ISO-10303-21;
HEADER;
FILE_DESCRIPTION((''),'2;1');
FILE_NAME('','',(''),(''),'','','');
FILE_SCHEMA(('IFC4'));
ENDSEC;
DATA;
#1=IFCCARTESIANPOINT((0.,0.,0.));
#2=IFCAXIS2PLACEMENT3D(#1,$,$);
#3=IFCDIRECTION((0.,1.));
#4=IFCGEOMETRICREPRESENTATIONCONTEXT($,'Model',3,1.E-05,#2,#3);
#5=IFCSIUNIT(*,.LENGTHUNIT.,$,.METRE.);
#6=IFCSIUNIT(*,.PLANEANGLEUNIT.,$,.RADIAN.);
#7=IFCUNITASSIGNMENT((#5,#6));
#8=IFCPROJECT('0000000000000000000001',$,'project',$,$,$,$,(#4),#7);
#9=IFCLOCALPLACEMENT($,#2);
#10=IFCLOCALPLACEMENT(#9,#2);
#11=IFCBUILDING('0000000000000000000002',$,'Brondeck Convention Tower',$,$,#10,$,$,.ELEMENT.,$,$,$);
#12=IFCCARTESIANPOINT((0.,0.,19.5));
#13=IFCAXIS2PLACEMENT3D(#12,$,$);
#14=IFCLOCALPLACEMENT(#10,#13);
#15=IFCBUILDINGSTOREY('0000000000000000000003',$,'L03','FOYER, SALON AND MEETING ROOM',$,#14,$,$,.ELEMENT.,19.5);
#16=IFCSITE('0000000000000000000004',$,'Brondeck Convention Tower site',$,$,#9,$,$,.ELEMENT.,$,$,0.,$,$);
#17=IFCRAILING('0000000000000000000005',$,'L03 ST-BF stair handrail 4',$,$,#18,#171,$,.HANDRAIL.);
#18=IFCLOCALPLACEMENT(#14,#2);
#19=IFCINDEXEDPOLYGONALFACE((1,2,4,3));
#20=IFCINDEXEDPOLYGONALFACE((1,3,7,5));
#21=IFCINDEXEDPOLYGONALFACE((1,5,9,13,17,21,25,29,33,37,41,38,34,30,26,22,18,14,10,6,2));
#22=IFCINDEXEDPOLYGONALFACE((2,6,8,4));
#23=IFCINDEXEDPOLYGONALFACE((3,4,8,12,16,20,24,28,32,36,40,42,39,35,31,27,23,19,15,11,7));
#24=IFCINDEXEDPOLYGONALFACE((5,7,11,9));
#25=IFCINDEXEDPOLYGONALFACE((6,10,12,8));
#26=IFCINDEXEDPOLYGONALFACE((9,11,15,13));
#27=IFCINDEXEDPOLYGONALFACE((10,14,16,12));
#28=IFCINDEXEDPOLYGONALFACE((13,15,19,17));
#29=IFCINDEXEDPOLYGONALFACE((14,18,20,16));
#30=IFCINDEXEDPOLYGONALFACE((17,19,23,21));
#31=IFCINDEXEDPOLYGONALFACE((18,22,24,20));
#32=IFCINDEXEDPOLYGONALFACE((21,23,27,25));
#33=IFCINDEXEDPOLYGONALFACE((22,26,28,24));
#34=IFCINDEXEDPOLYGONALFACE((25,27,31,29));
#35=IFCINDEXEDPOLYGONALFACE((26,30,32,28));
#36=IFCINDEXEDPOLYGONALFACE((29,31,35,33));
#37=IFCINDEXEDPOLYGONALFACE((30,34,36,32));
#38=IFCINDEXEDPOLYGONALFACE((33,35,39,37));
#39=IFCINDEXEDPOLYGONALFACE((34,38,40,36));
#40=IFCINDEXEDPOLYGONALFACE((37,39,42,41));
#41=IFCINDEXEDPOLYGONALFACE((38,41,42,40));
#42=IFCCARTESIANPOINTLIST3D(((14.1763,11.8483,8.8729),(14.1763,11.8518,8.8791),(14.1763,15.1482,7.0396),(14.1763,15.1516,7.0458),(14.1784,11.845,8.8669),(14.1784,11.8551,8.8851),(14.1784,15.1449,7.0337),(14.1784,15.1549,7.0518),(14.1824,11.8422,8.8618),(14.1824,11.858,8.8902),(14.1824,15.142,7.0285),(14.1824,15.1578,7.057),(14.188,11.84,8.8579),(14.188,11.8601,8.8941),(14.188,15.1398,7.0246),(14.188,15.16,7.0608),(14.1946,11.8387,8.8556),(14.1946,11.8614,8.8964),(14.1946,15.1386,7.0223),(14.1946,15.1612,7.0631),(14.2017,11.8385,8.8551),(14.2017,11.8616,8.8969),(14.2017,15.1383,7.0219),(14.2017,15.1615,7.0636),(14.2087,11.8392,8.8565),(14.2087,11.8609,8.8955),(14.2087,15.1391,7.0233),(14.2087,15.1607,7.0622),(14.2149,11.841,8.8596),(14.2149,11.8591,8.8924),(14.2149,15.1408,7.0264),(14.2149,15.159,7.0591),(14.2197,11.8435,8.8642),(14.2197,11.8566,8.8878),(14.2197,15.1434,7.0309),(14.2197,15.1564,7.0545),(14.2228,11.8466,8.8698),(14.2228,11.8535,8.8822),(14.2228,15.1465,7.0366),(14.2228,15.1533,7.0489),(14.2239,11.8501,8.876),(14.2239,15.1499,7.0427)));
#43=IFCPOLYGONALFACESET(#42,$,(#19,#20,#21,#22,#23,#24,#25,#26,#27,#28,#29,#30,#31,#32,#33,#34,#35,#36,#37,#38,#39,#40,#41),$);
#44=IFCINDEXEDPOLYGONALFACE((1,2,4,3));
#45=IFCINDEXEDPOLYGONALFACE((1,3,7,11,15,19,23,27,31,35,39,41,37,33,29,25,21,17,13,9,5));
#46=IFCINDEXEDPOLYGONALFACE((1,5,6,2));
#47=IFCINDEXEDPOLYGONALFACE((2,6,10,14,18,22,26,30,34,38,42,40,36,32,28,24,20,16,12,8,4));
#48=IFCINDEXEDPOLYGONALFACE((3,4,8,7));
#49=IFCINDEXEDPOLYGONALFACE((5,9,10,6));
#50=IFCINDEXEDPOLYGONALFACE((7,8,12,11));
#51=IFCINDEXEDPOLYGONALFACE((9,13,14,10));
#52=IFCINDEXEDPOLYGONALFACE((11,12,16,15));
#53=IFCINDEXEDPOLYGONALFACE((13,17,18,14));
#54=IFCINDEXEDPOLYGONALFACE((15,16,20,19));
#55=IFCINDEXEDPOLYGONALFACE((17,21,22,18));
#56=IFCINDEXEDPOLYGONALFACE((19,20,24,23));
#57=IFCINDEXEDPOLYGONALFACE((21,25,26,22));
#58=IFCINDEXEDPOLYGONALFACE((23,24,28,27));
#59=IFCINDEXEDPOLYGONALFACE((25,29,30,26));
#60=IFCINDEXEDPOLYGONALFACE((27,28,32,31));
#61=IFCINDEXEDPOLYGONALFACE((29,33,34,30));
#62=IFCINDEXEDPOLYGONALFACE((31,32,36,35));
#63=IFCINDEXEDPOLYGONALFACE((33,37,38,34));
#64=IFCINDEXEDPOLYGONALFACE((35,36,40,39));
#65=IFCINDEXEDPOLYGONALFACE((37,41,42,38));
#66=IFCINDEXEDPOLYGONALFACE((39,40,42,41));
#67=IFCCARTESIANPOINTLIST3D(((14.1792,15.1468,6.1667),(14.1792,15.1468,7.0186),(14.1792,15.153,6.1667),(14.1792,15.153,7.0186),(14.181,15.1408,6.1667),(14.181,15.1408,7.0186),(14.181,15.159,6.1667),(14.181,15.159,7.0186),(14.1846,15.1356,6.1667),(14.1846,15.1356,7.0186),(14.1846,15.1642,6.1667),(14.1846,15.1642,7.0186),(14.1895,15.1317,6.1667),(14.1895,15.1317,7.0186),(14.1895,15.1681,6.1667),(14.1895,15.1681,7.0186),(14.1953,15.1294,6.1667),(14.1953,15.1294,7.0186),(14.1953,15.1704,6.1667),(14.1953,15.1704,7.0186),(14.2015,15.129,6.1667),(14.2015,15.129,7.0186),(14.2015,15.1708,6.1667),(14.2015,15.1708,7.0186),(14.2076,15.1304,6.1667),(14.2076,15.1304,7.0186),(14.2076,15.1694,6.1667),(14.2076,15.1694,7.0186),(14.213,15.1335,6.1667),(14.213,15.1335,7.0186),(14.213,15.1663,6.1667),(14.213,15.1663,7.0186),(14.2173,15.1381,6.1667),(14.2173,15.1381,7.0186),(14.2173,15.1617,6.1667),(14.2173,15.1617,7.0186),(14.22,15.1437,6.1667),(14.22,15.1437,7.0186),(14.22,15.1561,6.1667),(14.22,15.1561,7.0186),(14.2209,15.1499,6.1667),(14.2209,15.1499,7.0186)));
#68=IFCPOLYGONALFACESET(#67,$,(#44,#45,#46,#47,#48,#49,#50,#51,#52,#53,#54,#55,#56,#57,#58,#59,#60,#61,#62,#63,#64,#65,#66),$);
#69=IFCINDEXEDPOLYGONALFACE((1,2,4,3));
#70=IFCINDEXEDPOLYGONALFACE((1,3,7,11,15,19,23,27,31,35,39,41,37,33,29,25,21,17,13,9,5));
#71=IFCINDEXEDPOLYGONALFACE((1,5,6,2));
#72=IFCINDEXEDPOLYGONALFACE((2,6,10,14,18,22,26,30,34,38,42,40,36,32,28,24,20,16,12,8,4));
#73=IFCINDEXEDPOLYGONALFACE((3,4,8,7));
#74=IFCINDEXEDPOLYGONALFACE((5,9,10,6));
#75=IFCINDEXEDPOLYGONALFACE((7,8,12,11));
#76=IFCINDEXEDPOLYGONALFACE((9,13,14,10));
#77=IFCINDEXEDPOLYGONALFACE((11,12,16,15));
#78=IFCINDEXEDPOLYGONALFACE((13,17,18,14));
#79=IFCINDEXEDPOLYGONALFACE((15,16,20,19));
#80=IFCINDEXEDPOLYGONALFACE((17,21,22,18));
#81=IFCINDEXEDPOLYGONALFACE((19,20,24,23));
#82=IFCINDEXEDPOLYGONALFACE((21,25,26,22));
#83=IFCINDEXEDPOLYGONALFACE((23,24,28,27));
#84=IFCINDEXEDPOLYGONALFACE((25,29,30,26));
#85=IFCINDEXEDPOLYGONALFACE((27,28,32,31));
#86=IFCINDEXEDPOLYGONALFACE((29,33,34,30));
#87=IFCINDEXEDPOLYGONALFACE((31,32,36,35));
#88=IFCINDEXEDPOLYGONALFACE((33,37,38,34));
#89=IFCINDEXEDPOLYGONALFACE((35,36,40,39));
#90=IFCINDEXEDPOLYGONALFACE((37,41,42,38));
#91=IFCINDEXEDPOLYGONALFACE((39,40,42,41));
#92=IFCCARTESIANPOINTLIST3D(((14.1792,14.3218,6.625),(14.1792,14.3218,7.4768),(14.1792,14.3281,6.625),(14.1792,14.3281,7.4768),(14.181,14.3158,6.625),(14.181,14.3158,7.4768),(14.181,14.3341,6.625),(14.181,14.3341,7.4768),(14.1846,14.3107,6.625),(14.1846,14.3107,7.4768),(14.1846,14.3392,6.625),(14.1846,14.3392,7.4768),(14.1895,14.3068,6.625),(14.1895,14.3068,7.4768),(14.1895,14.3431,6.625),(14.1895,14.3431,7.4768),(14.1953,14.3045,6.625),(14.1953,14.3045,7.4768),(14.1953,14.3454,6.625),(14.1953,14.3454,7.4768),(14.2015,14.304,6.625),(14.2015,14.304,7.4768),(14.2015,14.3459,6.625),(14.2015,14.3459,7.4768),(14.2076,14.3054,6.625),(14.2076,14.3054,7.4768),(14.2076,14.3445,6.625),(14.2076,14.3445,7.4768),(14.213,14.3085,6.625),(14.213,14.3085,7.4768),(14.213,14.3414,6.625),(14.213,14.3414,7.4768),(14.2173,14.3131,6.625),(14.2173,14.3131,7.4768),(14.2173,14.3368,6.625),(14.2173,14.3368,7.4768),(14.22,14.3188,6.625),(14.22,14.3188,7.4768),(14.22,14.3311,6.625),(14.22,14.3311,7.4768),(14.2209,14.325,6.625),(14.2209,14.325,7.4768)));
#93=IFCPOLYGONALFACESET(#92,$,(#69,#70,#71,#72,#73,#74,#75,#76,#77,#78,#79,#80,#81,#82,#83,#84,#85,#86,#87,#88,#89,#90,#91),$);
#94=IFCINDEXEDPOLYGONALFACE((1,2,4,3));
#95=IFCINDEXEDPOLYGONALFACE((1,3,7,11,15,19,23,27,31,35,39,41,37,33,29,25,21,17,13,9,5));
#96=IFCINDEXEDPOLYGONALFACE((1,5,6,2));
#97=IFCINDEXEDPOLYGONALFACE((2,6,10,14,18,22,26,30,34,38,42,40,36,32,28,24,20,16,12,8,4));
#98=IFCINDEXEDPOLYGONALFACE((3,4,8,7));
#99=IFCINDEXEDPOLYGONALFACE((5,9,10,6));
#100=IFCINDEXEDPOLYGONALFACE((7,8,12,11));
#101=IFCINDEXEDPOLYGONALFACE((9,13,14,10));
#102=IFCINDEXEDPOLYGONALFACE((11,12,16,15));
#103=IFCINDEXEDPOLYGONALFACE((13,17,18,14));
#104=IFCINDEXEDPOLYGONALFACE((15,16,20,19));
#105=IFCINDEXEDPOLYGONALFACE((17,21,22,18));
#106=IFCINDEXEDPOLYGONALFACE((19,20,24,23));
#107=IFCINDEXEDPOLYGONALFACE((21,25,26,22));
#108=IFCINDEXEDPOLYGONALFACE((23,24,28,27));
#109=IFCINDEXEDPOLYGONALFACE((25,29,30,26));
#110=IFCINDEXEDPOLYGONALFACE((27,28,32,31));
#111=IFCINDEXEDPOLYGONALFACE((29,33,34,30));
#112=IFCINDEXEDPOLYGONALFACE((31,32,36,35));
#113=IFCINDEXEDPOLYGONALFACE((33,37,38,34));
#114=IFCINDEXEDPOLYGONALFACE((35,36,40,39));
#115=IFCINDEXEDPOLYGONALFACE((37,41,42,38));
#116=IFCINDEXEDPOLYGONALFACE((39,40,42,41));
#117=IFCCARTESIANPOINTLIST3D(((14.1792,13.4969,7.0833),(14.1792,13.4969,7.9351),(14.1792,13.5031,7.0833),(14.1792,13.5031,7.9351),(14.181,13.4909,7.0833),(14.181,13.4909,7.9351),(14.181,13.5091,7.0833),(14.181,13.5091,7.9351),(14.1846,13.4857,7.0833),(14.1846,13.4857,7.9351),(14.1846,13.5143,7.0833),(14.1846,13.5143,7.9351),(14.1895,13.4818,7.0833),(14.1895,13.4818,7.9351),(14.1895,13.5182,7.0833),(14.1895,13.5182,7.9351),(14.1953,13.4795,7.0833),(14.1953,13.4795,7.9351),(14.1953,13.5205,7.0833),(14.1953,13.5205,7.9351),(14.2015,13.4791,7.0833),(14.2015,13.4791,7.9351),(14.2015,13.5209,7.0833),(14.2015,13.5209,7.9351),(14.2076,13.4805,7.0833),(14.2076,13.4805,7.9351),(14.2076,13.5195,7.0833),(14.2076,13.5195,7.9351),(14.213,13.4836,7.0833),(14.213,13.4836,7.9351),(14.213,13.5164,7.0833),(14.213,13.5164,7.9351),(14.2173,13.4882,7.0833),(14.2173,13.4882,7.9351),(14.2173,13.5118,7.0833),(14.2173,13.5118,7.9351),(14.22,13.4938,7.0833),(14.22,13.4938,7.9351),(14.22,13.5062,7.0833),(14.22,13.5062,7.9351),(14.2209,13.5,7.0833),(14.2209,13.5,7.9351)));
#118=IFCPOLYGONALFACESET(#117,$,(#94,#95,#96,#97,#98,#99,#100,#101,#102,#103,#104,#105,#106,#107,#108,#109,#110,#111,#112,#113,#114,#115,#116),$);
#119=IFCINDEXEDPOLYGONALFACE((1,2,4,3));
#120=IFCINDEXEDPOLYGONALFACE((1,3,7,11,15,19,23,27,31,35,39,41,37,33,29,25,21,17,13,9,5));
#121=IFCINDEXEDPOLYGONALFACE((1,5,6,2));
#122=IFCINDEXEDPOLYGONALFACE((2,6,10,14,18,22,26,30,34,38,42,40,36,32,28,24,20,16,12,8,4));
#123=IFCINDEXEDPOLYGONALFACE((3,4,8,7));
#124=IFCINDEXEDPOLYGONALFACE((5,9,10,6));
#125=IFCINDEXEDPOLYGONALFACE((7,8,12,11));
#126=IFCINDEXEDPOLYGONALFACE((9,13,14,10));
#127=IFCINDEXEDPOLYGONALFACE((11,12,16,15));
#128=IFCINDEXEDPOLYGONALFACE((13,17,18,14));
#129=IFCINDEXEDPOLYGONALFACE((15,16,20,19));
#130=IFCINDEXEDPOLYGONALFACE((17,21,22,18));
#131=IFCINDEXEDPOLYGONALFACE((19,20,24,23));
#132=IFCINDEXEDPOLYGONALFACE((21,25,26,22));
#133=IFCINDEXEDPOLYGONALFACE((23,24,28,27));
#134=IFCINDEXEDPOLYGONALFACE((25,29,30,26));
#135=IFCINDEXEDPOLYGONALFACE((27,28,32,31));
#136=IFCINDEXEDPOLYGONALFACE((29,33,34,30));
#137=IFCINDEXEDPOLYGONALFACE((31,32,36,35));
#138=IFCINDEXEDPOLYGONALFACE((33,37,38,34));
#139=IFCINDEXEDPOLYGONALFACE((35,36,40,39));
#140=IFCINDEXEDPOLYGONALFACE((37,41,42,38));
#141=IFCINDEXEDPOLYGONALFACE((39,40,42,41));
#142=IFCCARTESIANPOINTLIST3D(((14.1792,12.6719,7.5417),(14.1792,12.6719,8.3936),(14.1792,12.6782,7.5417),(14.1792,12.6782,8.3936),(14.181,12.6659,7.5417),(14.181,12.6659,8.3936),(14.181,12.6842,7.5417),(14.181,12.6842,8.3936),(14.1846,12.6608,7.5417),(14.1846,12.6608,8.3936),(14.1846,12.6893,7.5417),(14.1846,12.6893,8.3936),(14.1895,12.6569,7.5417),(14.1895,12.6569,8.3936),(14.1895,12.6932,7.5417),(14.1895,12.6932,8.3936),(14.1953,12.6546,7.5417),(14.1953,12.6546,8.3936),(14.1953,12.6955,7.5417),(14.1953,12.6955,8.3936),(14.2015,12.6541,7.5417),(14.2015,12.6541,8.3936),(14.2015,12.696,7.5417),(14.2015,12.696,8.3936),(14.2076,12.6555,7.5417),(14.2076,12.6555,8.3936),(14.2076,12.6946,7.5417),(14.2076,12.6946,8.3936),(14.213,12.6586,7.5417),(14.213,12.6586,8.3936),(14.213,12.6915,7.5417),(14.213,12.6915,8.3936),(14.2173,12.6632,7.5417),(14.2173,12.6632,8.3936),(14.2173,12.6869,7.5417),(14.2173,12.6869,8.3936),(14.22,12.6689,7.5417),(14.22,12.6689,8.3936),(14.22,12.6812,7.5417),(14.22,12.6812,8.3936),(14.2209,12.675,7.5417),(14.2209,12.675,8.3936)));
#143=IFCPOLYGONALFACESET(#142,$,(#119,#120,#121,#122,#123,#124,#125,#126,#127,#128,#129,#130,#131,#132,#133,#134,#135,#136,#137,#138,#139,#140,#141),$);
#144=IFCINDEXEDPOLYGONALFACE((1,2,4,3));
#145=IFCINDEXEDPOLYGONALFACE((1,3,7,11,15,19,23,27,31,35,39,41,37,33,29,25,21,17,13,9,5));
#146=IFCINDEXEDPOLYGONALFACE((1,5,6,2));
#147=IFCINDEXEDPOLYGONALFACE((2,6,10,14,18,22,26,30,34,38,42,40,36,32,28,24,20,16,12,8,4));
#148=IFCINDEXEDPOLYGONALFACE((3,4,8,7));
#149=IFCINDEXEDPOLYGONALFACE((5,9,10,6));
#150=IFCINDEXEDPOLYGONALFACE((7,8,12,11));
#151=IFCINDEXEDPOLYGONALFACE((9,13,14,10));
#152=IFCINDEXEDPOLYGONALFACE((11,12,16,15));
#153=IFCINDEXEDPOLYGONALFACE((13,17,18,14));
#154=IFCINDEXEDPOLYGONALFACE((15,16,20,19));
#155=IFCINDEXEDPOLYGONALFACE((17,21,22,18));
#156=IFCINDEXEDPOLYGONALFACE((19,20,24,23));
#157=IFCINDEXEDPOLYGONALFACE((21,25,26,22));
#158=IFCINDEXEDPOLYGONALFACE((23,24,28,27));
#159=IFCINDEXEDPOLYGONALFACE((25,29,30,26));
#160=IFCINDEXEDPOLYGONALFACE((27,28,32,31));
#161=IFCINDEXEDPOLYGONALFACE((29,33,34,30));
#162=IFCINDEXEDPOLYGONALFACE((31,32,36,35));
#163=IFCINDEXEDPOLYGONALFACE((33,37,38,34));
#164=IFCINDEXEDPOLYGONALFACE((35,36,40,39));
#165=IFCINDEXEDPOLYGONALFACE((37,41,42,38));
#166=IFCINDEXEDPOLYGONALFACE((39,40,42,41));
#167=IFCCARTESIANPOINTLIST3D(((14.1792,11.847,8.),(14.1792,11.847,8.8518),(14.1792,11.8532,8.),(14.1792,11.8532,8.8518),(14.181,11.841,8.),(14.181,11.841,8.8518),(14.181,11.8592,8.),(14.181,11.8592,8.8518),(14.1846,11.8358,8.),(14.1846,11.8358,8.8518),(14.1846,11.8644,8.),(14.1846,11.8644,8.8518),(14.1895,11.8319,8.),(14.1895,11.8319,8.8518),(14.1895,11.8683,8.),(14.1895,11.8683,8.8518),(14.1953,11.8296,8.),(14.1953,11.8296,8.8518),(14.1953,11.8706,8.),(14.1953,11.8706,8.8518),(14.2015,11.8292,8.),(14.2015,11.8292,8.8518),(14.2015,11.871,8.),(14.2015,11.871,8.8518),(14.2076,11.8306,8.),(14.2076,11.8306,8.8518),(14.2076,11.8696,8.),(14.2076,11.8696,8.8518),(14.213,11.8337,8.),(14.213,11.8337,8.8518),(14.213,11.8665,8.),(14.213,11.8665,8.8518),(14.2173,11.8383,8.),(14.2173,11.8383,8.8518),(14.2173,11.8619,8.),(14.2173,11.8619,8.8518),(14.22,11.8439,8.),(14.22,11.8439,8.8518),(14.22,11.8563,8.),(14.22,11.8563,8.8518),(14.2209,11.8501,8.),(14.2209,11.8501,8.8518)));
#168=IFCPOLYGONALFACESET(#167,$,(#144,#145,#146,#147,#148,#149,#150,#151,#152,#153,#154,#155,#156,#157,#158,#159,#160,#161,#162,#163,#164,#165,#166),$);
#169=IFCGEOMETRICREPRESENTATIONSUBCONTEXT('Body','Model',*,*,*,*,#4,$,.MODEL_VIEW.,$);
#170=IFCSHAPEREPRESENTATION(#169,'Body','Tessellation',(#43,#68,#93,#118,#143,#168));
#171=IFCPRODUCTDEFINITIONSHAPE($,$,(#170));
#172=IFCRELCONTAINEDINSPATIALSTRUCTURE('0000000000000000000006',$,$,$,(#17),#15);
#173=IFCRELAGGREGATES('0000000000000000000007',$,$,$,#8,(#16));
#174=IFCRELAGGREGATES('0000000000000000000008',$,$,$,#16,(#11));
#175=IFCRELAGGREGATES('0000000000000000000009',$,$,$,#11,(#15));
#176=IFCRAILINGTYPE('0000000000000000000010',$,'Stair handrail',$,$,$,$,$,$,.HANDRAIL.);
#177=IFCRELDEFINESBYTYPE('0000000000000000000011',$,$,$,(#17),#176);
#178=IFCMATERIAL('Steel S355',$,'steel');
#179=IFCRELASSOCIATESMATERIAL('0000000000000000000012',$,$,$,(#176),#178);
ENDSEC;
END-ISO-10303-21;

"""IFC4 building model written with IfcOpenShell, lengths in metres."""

from ifc_helpers import new_model, si_unit, direction, frame, origin, origin_2d, place, context, subcontext, project, spatial, circle, extrude, material, type_object, element, save


model = new_model("IFC4")

# Units and contexts
model_context = context("Model", 3, precision=1e-05, world=origin(), true_north=direction((0.0, 1.0)))
body_context = subcontext(model_context, "Body", "Model", "MODEL_VIEW")
ifc_project = project(units=[si_unit("LENGTHUNIT", "METRE"), si_unit("PLANEANGLEUNIT", "RADIAN")], contexts=[model_context])

# Site, building, storey
site_placement = place(None, origin())
site = spatial("IfcSite", under=ifc_project, at=site_placement, Name="Brondeck Convention Tower site", CompositionType="ELEMENT", RefElevation=0.0)
building_placement = place(site_placement, origin())
building = spatial("IfcBuilding", under=site, at=building_placement, Name="Brondeck Convention Tower", CompositionType="ELEMENT")
storey_placement = place(building_placement, frame((0.0, 0.0, 19.5)))
storey = spatial("IfcBuildingStorey", under=building, at=storey_placement, Name="L03", Description="FOYER, SALON AND MEETING ROOM", CompositionType="ELEMENT", Elevation=19.5)

# Shared definitions
ifc_material_1 = material(Name="Steel S355", Category="steel")

# Railing
railing_type_1 = type_object("IfcRailingType", Name="Stair handrail", PredefinedType="HANDRAIL", material=ifc_material_1)
railing_1_placement = place(storey_placement, frame((14.2, 15.1499, 6.1667)))
element("IfcRailing", 1, at=railing_1_placement, inside=storey, type_object=railing_type_1, Name="L03 ST-BF stair handrail 4", PredefinedType="HANDRAIL", context=body_context, shape_type="SweptSolid", body=[
    extrude(circle(Radius=0.0239, at=origin_2d()), frame((0.0, 0.0, 0.876), z_axis=(0.0, -0.874154, 0.485648), x_axis=(1.0, 0.0, 0.0)), (0.0, 0.0, 1.0), 3.7749),
    extrude(circle(Radius=0.021, at=origin_2d()), origin(), (0.0, 0.0, 1.0), 0.8518),
    extrude(circle(Radius=0.021, at=origin_2d()), frame((0.0, -0.825, 0.4583)), (0.0, 0.0, 1.0), 0.8518),
    extrude(circle(Radius=0.021, at=origin_2d()), frame((0.0, -1.6499, 0.9165)), (0.0, 0.0, 1.0), 0.8518),
    extrude(circle(Radius=0.021, at=origin_2d()), frame((0.0, -2.4749, 1.375)), (0.0, 0.0, 1.0), 0.8518),
    extrude(circle(Radius=0.021, at=origin_2d()), frame((0.0, -3.2998, 1.8333)), (0.0, 0.0, 1.0), 0.8518),
])

save(model, "model.ifc")
